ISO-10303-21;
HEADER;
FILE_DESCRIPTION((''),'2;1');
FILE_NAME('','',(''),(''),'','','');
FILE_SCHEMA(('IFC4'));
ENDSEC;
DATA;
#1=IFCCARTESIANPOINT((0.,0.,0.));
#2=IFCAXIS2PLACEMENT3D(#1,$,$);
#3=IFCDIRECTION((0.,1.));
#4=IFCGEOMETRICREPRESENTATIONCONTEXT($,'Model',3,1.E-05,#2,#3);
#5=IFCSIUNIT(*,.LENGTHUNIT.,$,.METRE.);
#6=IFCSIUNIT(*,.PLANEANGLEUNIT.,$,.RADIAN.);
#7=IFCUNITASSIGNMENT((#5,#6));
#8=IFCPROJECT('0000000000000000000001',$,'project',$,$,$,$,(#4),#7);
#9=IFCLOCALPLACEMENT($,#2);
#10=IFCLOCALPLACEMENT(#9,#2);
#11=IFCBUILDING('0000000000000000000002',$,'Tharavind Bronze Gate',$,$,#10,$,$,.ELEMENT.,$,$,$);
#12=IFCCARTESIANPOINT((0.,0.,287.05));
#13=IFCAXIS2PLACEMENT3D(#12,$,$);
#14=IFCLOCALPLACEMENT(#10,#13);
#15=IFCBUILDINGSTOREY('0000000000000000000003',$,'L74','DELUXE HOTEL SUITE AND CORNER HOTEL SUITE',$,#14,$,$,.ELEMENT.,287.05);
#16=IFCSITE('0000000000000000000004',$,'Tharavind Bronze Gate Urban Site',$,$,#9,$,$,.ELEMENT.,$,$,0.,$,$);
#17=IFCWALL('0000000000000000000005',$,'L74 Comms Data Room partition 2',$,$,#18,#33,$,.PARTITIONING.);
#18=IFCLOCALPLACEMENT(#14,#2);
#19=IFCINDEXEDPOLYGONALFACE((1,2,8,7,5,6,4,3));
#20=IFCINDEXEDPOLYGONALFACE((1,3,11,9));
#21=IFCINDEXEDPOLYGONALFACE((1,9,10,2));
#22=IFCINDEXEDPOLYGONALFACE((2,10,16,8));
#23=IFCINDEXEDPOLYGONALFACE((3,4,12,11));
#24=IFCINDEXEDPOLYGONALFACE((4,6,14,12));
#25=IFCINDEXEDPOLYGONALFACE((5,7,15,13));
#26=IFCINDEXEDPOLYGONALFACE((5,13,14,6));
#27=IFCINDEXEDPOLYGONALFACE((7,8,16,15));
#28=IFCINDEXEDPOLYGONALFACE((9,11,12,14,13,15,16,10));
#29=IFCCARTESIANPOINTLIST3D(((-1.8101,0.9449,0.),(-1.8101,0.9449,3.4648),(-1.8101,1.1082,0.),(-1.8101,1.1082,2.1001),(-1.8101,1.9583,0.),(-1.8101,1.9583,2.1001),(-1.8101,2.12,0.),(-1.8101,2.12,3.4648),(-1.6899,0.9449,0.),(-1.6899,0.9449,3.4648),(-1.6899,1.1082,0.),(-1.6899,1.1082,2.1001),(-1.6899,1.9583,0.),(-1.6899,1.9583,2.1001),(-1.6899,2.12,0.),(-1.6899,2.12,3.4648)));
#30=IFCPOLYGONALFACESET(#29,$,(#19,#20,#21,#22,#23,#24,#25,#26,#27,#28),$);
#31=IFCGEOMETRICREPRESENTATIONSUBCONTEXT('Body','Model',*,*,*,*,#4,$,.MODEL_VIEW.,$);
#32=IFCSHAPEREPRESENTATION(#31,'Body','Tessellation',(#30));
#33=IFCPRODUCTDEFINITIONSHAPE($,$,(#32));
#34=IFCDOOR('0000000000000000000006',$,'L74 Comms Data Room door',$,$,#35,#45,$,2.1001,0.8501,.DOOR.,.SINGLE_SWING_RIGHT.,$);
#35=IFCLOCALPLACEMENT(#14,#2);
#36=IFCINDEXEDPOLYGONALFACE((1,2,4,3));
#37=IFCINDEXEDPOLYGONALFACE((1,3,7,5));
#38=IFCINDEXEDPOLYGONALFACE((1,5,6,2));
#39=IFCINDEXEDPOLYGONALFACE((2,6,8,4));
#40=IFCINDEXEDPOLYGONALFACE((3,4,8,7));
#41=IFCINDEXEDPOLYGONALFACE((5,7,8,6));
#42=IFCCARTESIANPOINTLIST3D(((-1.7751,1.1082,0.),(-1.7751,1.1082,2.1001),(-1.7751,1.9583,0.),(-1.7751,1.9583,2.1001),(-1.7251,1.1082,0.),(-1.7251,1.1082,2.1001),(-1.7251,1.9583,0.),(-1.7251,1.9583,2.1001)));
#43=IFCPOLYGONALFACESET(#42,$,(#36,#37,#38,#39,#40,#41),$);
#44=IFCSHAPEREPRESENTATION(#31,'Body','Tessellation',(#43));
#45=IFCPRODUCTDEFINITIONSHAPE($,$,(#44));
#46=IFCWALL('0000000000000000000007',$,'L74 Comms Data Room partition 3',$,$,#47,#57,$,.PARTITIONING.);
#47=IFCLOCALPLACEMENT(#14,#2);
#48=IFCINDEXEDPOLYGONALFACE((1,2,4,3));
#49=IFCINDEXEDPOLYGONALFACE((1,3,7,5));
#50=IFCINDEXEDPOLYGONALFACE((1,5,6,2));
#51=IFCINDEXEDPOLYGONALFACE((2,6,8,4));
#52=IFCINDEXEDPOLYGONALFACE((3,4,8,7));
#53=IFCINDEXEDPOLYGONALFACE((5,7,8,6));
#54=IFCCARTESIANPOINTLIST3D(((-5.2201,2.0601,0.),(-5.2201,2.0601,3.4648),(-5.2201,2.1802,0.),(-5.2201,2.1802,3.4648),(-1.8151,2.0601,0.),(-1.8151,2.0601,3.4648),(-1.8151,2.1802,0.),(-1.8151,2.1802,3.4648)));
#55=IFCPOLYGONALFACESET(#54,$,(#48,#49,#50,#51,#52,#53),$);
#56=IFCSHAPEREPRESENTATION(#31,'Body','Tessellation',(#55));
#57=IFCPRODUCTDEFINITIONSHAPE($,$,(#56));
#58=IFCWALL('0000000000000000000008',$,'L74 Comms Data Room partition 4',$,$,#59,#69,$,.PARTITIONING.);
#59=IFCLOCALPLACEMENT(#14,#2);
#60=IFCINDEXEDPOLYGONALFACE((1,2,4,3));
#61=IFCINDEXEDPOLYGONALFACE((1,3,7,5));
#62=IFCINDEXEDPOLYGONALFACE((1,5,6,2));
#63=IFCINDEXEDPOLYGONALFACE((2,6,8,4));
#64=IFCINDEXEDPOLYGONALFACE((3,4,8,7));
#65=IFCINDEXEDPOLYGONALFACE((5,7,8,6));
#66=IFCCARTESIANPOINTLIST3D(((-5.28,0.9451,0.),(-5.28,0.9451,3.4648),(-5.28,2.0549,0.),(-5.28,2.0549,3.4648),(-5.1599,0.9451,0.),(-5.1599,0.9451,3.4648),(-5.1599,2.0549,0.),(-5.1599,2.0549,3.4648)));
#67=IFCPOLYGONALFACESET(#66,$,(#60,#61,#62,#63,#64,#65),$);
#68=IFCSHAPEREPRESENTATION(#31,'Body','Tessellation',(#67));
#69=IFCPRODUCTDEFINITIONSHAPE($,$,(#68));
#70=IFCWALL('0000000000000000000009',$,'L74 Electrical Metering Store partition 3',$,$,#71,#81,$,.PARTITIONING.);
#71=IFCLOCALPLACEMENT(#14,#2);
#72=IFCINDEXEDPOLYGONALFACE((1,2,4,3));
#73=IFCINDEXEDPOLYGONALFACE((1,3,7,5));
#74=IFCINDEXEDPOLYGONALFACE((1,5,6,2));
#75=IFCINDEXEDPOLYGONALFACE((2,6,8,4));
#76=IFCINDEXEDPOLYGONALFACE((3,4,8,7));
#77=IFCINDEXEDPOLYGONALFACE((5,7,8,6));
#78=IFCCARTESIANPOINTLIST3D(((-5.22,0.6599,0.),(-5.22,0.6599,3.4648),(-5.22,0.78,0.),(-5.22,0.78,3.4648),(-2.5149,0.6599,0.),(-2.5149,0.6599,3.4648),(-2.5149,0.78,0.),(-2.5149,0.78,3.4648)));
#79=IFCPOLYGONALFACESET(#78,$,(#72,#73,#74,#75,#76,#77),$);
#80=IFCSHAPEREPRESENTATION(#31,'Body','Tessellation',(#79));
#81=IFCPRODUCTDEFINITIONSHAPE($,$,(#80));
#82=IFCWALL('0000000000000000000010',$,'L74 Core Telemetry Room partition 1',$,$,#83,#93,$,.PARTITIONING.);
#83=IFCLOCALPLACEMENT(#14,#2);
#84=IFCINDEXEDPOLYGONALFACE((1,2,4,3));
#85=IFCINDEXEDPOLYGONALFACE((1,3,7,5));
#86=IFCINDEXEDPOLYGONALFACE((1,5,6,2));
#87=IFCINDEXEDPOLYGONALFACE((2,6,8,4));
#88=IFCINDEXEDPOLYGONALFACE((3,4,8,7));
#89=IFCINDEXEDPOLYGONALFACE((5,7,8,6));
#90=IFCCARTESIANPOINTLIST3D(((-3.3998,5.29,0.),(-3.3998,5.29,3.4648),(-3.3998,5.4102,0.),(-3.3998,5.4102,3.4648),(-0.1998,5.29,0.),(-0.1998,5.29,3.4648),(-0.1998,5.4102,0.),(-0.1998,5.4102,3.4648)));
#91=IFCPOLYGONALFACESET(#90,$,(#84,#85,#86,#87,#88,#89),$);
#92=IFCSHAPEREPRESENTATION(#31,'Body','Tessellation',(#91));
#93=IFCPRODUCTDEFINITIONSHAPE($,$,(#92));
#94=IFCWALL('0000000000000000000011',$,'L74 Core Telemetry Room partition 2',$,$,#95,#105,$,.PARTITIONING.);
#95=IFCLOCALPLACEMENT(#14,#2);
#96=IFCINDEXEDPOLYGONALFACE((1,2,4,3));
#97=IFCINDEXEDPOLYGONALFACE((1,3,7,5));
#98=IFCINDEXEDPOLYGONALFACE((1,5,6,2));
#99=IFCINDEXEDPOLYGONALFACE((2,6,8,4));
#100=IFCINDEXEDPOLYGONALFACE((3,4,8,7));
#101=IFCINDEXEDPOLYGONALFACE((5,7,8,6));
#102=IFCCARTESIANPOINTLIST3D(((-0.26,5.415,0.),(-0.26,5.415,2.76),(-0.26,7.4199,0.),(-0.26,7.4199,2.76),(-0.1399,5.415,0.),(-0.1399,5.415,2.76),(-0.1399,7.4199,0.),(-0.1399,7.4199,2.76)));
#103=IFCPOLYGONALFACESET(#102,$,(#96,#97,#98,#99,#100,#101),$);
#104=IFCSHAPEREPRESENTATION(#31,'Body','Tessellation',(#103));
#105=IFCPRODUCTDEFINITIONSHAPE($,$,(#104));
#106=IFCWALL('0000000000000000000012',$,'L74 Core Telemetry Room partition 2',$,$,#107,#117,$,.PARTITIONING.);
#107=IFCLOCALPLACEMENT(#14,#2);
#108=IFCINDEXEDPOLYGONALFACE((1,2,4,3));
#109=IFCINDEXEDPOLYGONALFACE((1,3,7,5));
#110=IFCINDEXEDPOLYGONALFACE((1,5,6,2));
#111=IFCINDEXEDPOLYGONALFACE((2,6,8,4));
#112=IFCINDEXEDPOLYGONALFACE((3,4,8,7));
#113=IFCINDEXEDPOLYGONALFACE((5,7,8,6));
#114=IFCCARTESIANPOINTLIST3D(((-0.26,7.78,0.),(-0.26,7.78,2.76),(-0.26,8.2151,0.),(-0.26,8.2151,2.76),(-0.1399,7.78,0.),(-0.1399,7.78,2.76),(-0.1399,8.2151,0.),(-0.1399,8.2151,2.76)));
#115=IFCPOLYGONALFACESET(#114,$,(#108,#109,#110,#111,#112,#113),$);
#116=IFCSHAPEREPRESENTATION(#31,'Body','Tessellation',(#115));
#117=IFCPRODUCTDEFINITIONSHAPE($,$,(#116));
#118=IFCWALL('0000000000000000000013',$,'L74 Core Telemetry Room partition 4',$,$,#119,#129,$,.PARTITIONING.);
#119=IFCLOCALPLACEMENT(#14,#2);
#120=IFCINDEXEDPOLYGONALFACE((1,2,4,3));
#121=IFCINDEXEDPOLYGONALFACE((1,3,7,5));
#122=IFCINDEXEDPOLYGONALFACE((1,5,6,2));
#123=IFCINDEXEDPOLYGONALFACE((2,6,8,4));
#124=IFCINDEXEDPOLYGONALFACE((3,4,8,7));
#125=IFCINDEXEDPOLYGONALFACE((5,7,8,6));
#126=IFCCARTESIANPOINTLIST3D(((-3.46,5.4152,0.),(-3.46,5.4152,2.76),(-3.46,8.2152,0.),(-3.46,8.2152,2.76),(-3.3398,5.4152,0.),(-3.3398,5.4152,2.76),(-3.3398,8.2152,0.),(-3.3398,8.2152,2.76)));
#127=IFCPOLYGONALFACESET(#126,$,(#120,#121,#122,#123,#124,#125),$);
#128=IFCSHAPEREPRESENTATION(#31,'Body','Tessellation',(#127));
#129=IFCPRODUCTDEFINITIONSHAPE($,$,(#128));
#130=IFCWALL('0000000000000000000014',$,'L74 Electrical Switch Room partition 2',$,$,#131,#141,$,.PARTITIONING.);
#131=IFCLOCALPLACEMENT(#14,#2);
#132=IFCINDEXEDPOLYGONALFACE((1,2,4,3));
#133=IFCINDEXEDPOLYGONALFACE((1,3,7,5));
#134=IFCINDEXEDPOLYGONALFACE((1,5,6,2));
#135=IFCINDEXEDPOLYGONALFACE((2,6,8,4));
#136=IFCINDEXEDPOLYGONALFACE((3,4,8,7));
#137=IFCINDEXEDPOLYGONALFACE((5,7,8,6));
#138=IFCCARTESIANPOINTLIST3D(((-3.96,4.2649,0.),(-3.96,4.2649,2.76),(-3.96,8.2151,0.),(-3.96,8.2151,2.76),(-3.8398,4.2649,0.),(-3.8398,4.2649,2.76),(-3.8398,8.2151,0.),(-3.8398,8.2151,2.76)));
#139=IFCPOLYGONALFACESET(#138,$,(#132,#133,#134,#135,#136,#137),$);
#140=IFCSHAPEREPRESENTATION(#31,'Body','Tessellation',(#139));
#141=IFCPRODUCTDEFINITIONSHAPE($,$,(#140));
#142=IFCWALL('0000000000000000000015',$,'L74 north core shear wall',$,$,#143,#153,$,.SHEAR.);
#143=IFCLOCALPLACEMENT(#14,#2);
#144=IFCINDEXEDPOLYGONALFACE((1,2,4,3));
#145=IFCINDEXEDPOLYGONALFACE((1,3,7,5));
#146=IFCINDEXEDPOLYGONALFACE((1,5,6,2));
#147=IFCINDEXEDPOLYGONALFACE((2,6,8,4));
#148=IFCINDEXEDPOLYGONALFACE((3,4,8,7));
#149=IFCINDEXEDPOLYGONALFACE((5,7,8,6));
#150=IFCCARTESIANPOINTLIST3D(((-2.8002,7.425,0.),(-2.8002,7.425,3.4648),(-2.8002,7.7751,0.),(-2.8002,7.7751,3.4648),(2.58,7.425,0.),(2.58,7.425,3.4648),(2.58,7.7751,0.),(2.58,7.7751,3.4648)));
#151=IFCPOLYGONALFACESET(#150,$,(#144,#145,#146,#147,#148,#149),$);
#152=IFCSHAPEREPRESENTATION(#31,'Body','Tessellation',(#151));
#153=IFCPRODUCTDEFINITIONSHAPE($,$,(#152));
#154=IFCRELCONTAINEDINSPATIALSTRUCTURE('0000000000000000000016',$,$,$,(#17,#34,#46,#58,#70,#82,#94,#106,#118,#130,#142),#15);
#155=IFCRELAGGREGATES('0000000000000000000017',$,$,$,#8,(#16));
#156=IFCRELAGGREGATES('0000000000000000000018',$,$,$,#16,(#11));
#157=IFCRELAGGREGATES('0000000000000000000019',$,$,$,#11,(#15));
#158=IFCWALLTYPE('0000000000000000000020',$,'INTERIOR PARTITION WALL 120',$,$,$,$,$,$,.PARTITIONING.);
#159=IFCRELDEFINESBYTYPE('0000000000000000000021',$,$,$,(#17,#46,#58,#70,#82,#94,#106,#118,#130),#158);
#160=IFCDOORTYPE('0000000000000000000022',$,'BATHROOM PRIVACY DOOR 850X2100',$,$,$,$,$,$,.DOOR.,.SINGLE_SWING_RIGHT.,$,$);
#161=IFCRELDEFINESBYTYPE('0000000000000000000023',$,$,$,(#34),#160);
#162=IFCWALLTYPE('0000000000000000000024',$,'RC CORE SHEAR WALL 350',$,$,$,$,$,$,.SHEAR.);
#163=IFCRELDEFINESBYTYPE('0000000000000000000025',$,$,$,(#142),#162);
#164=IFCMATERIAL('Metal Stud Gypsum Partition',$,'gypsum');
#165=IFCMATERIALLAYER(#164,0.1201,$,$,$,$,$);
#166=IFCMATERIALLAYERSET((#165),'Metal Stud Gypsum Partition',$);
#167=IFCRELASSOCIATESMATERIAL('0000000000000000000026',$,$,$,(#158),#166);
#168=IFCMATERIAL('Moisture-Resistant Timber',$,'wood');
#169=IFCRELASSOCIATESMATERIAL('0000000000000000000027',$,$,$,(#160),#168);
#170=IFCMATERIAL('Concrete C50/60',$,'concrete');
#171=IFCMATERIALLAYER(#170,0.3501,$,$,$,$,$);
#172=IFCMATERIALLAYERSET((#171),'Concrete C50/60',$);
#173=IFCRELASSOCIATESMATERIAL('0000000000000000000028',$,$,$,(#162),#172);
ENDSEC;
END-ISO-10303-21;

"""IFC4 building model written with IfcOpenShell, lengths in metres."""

from ifc_helpers import new_model, si_unit, direction, frame, frame_2d, origin, place, context, subcontext, project, spatial, rectangle, extrude, material, layer, layer_set, type_object, element, fill, save


model = new_model("IFC4")

# Units and contexts
model_context = context("Model", 3, precision=1e-05, world=origin(), true_north=direction((0.0, 1.0)))
body_context = subcontext(model_context, "Body", "Model", "MODEL_VIEW")
ifc_project = project(units=[si_unit("LENGTHUNIT", "METRE"), si_unit("PLANEANGLEUNIT", "RADIAN")], contexts=[model_context])

# Site, building, storey
site_placement = place(None, origin())
site = spatial("IfcSite", under=ifc_project, at=site_placement, Name="Tharavind Bronze Gate Urban Site", CompositionType="ELEMENT", RefElevation=0.0)
building_placement = place(site_placement, origin())
building = spatial("IfcBuilding", under=site, at=building_placement, Name="Tharavind Bronze Gate", CompositionType="ELEMENT")
storey_placement = place(building_placement, frame((0.0, 0.0, 287.05)))
storey = spatial("IfcBuildingStorey", under=building, at=storey_placement, Name="L74", Description="DELUXE HOTEL SUITE AND CORNER HOTEL SUITE", CompositionType="ELEMENT", Elevation=287.05)

# Shared definitions
ifc_material_1 = material(Name="Metal Stud Gypsum Partition", Category="gypsum")
ifc_layer_1 = layer(ifc_material_1, 0.1201)
ifc_layer_set_1 = layer_set([ifc_layer_1], Name="Metal Stud Gypsum Partition")
wall_type_1 = type_object("IfcWallType", Name="INTERIOR PARTITION WALL 120", PredefinedType="PARTITIONING", material=ifc_layer_set_1)

# Shared definitions
ifc_material_2 = material(Name="Moisture-Resistant Timber", Category="wood")
door_type = type_object("IfcDoorType", Name="BATHROOM PRIVACY DOOR 850X2100", OperationType="SINGLE_SWING_RIGHT", PredefinedType="DOOR", material=ifc_material_2)

# Wall, opening, door
wall_1_placement = place(storey_placement, frame((-1.75, 0.9451, 0.0), z_axis=(0.0, 0.0, 1.0), x_axis=(0.0, 1.0, 0.0)))
wall_1 = element("IfcWall", 1, at=wall_1_placement, inside=storey, type_object=wall_type_1, Name="L74 Comms Data Room partition 2", PredefinedType="PARTITIONING", context=body_context, shape_type="SweptSolid", body=[
    extrude(rectangle(XDim=1.175, YDim=0.1201, at=frame_2d((0.5874, 0.0))), origin(), (0.0, 0.0, 1.0), 3.4648),
])
opening_1_placement = place(wall_1_placement, frame((0.1631, 0.0, 0.0)))
opening_1 = element("IfcOpeningElement", 2, at=opening_1_placement, cuts=wall_1, PredefinedType="OPENING", context=body_context, shape_type="SweptSolid", body=[
    extrude(rectangle(XDim=0.8501, YDim=2.1001, at=frame_2d((0.425, 1.05))), frame((0.0, 0.0701, 0.0), z_axis=(0.0, -1.0, 0.0), x_axis=(1.0, 0.0, 0.0)), (0.0, 0.0, 1.0), 0.1401),
])
door_1_placement = place(opening_1_placement, frame((0.8501, 0.0, 0.0), z_axis=(0.0, 0.0, 1.0), x_axis=(-1.0, 0.0, 0.0)))
door_1 = element("IfcDoor", 3, at=door_1_placement, inside=storey, type_object=door_type, Name="L74 Comms Data Room door", OperationType="SINGLE_SWING_RIGHT", OverallHeight=2.1001, OverallWidth=0.8501, PredefinedType="DOOR", context=body_context, shape_type="SweptSolid", body=[
    extrude(rectangle(XDim=0.8501, YDim=2.1001, at=frame_2d((0.425, 1.05))), frame((0.0, 0.0249, 0.0), z_axis=(0.0, -1.0, 0.0), x_axis=(1.0, 0.0, 0.0)), (0.0, 0.0, 1.0), 0.05),
])
fill(opening_1, door_1)

# Walls
wall_2_placement = place(storey_placement, frame((-1.8149, 2.1201, 0.0), z_axis=(0.0, 0.0, 1.0), x_axis=(-1.0, 0.0, 0.0)))
element("IfcWall", 4, at=wall_2_placement, inside=storey, type_object=wall_type_1, Name="L74 Comms Data Room partition 3", PredefinedType="PARTITIONING", context=body_context, shape_type="SweptSolid", body=[
    extrude(rectangle(XDim=3.405, YDim=0.1201, at=frame_2d((1.7026, 0.0))), origin(), (0.0, 0.0, 1.0), 3.4648),
])
wall_3_placement = place(storey_placement, frame((-5.22, 2.0549, 0.0), z_axis=(0.0, 0.0, 1.0), x_axis=(0.0, -1.0, 0.0)))
element("IfcWall", 5, at=wall_3_placement, inside=storey, type_object=wall_type_1, Name="L74 Comms Data Room partition 4", PredefinedType="PARTITIONING", context=body_context, shape_type="SweptSolid", body=[
    extrude(rectangle(XDim=1.1099, YDim=0.1201, at=frame_2d((0.5549, 0.0))), origin(), (0.0, 0.0, 1.0), 3.4648),
])
wall_4_placement = place(storey_placement, frame((-2.5149, 0.72, 0.0), z_axis=(0.0, 0.0, 1.0), x_axis=(-1.0, 0.0, 0.0)))
element("IfcWall", 6, at=wall_4_placement, inside=storey, type_object=wall_type_1, Name="L74 Electrical Metering Store partition 3", PredefinedType="PARTITIONING", context=body_context, shape_type="SweptSolid", body=[
    extrude(rectangle(XDim=2.7051, YDim=0.1201, at=frame_2d((1.3525, 0.0))), origin(), (0.0, 0.0, 1.0), 3.4648),
])
wall_5_placement = place(storey_placement, frame((-3.3999, 5.3501, 0.0), z_axis=(0.0, 0.0, 1.0), x_axis=(1.0, 0.0, 0.0)))
element("IfcWall", 7, at=wall_5_placement, inside=storey, type_object=wall_type_1, Name="L74 Core Telemetry Room partition 1", PredefinedType="PARTITIONING", context=body_context, shape_type="SweptSolid", body=[
    extrude(rectangle(XDim=3.2, YDim=0.1201, at=frame_2d((1.6001, 0.0))), origin(), (0.0, 0.0, 1.0), 3.4648),
])
wall_6_placement = place(storey_placement, frame((-0.2, 5.415, 0.0), z_axis=(0.0, 0.0, 1.0), x_axis=(0.0, 1.0, 0.0)))
element("IfcWall", 8, at=wall_6_placement, inside=storey, type_object=wall_type_1, Name="L74 Core Telemetry Room partition 2", PredefinedType="PARTITIONING", context=body_context, shape_type="SweptSolid", body=[
    extrude(rectangle(XDim=2.0049, YDim=0.1201, at=frame_2d((1.0024, 0.0))), origin(), (0.0, 0.0, 1.0), 2.76),
])
wall_7_placement = place(storey_placement, frame((-0.2, 7.78, 0.0), z_axis=(0.0, 0.0, 1.0), x_axis=(0.0, 1.0, 0.0)))
element("IfcWall", 9, at=wall_7_placement, inside=storey, type_object=wall_type_1, Name="L74 Core Telemetry Room partition 2", PredefinedType="PARTITIONING", context=body_context, shape_type="SweptSolid", body=[
    extrude(rectangle(XDim=0.4351, YDim=0.1201, at=frame_2d((0.2175, 0.0))), origin(), (0.0, 0.0, 1.0), 2.76),
])
wall_8_placement = place(storey_placement, frame((-3.3999, 8.2151, 0.0), z_axis=(0.0, 0.0, 1.0), x_axis=(0.0, -1.0, 0.0)))
element("IfcWall", 10, at=wall_8_placement, inside=storey, type_object=wall_type_1, Name="L74 Core Telemetry Room partition 4", PredefinedType="PARTITIONING", context=body_context, shape_type="SweptSolid", body=[
    extrude(rectangle(XDim=2.8, YDim=0.1201, at=frame_2d((1.3999, 0.0))), origin(), (0.0, 0.0, 1.0), 2.76),
])
wall_9_placement = place(storey_placement, frame((-3.8999, 4.2649, 0.0), z_axis=(0.0, 0.0, 1.0), x_axis=(0.0, 1.0, 0.0)))
element("IfcWall", 11, at=wall_9_placement, inside=storey, type_object=wall_type_1, Name="L74 Electrical Switch Room partition 2", PredefinedType="PARTITIONING", context=body_context, shape_type="SweptSolid", body=[
    extrude(rectangle(XDim=3.9502, YDim=0.1201, at=frame_2d((1.9751, 0.0))), origin(), (0.0, 0.0, 1.0), 2.76),
])
ifc_material_3 = material(Name="Concrete C50/60", Category="concrete")
ifc_layer_2 = layer(ifc_material_3, 0.3501)
ifc_layer_set_2 = layer_set([ifc_layer_2], Name="Concrete C50/60")
wall_type_2 = type_object("IfcWallType", Name="RC CORE SHEAR WALL 350", PredefinedType="SHEAR", material=ifc_layer_set_2)
wall_10_placement = place(storey_placement, frame((-2.8, 7.6001, 0.0), z_axis=(0.0, 0.0, 1.0), x_axis=(1.0, 0.0, 0.0)))
element("IfcWall", 12, at=wall_10_placement, inside=storey, type_object=wall_type_2, Name="L74 north core shear wall", PredefinedType="SHEAR", context=body_context, shape_type="SweptSolid", body=[
    extrude(rectangle(XDim=5.3801, YDim=0.3501, at=frame_2d((2.6899, 0.0))), origin(), (0.0, 0.0, 1.0), 3.4648),
])

save(model, "model.ifc")
